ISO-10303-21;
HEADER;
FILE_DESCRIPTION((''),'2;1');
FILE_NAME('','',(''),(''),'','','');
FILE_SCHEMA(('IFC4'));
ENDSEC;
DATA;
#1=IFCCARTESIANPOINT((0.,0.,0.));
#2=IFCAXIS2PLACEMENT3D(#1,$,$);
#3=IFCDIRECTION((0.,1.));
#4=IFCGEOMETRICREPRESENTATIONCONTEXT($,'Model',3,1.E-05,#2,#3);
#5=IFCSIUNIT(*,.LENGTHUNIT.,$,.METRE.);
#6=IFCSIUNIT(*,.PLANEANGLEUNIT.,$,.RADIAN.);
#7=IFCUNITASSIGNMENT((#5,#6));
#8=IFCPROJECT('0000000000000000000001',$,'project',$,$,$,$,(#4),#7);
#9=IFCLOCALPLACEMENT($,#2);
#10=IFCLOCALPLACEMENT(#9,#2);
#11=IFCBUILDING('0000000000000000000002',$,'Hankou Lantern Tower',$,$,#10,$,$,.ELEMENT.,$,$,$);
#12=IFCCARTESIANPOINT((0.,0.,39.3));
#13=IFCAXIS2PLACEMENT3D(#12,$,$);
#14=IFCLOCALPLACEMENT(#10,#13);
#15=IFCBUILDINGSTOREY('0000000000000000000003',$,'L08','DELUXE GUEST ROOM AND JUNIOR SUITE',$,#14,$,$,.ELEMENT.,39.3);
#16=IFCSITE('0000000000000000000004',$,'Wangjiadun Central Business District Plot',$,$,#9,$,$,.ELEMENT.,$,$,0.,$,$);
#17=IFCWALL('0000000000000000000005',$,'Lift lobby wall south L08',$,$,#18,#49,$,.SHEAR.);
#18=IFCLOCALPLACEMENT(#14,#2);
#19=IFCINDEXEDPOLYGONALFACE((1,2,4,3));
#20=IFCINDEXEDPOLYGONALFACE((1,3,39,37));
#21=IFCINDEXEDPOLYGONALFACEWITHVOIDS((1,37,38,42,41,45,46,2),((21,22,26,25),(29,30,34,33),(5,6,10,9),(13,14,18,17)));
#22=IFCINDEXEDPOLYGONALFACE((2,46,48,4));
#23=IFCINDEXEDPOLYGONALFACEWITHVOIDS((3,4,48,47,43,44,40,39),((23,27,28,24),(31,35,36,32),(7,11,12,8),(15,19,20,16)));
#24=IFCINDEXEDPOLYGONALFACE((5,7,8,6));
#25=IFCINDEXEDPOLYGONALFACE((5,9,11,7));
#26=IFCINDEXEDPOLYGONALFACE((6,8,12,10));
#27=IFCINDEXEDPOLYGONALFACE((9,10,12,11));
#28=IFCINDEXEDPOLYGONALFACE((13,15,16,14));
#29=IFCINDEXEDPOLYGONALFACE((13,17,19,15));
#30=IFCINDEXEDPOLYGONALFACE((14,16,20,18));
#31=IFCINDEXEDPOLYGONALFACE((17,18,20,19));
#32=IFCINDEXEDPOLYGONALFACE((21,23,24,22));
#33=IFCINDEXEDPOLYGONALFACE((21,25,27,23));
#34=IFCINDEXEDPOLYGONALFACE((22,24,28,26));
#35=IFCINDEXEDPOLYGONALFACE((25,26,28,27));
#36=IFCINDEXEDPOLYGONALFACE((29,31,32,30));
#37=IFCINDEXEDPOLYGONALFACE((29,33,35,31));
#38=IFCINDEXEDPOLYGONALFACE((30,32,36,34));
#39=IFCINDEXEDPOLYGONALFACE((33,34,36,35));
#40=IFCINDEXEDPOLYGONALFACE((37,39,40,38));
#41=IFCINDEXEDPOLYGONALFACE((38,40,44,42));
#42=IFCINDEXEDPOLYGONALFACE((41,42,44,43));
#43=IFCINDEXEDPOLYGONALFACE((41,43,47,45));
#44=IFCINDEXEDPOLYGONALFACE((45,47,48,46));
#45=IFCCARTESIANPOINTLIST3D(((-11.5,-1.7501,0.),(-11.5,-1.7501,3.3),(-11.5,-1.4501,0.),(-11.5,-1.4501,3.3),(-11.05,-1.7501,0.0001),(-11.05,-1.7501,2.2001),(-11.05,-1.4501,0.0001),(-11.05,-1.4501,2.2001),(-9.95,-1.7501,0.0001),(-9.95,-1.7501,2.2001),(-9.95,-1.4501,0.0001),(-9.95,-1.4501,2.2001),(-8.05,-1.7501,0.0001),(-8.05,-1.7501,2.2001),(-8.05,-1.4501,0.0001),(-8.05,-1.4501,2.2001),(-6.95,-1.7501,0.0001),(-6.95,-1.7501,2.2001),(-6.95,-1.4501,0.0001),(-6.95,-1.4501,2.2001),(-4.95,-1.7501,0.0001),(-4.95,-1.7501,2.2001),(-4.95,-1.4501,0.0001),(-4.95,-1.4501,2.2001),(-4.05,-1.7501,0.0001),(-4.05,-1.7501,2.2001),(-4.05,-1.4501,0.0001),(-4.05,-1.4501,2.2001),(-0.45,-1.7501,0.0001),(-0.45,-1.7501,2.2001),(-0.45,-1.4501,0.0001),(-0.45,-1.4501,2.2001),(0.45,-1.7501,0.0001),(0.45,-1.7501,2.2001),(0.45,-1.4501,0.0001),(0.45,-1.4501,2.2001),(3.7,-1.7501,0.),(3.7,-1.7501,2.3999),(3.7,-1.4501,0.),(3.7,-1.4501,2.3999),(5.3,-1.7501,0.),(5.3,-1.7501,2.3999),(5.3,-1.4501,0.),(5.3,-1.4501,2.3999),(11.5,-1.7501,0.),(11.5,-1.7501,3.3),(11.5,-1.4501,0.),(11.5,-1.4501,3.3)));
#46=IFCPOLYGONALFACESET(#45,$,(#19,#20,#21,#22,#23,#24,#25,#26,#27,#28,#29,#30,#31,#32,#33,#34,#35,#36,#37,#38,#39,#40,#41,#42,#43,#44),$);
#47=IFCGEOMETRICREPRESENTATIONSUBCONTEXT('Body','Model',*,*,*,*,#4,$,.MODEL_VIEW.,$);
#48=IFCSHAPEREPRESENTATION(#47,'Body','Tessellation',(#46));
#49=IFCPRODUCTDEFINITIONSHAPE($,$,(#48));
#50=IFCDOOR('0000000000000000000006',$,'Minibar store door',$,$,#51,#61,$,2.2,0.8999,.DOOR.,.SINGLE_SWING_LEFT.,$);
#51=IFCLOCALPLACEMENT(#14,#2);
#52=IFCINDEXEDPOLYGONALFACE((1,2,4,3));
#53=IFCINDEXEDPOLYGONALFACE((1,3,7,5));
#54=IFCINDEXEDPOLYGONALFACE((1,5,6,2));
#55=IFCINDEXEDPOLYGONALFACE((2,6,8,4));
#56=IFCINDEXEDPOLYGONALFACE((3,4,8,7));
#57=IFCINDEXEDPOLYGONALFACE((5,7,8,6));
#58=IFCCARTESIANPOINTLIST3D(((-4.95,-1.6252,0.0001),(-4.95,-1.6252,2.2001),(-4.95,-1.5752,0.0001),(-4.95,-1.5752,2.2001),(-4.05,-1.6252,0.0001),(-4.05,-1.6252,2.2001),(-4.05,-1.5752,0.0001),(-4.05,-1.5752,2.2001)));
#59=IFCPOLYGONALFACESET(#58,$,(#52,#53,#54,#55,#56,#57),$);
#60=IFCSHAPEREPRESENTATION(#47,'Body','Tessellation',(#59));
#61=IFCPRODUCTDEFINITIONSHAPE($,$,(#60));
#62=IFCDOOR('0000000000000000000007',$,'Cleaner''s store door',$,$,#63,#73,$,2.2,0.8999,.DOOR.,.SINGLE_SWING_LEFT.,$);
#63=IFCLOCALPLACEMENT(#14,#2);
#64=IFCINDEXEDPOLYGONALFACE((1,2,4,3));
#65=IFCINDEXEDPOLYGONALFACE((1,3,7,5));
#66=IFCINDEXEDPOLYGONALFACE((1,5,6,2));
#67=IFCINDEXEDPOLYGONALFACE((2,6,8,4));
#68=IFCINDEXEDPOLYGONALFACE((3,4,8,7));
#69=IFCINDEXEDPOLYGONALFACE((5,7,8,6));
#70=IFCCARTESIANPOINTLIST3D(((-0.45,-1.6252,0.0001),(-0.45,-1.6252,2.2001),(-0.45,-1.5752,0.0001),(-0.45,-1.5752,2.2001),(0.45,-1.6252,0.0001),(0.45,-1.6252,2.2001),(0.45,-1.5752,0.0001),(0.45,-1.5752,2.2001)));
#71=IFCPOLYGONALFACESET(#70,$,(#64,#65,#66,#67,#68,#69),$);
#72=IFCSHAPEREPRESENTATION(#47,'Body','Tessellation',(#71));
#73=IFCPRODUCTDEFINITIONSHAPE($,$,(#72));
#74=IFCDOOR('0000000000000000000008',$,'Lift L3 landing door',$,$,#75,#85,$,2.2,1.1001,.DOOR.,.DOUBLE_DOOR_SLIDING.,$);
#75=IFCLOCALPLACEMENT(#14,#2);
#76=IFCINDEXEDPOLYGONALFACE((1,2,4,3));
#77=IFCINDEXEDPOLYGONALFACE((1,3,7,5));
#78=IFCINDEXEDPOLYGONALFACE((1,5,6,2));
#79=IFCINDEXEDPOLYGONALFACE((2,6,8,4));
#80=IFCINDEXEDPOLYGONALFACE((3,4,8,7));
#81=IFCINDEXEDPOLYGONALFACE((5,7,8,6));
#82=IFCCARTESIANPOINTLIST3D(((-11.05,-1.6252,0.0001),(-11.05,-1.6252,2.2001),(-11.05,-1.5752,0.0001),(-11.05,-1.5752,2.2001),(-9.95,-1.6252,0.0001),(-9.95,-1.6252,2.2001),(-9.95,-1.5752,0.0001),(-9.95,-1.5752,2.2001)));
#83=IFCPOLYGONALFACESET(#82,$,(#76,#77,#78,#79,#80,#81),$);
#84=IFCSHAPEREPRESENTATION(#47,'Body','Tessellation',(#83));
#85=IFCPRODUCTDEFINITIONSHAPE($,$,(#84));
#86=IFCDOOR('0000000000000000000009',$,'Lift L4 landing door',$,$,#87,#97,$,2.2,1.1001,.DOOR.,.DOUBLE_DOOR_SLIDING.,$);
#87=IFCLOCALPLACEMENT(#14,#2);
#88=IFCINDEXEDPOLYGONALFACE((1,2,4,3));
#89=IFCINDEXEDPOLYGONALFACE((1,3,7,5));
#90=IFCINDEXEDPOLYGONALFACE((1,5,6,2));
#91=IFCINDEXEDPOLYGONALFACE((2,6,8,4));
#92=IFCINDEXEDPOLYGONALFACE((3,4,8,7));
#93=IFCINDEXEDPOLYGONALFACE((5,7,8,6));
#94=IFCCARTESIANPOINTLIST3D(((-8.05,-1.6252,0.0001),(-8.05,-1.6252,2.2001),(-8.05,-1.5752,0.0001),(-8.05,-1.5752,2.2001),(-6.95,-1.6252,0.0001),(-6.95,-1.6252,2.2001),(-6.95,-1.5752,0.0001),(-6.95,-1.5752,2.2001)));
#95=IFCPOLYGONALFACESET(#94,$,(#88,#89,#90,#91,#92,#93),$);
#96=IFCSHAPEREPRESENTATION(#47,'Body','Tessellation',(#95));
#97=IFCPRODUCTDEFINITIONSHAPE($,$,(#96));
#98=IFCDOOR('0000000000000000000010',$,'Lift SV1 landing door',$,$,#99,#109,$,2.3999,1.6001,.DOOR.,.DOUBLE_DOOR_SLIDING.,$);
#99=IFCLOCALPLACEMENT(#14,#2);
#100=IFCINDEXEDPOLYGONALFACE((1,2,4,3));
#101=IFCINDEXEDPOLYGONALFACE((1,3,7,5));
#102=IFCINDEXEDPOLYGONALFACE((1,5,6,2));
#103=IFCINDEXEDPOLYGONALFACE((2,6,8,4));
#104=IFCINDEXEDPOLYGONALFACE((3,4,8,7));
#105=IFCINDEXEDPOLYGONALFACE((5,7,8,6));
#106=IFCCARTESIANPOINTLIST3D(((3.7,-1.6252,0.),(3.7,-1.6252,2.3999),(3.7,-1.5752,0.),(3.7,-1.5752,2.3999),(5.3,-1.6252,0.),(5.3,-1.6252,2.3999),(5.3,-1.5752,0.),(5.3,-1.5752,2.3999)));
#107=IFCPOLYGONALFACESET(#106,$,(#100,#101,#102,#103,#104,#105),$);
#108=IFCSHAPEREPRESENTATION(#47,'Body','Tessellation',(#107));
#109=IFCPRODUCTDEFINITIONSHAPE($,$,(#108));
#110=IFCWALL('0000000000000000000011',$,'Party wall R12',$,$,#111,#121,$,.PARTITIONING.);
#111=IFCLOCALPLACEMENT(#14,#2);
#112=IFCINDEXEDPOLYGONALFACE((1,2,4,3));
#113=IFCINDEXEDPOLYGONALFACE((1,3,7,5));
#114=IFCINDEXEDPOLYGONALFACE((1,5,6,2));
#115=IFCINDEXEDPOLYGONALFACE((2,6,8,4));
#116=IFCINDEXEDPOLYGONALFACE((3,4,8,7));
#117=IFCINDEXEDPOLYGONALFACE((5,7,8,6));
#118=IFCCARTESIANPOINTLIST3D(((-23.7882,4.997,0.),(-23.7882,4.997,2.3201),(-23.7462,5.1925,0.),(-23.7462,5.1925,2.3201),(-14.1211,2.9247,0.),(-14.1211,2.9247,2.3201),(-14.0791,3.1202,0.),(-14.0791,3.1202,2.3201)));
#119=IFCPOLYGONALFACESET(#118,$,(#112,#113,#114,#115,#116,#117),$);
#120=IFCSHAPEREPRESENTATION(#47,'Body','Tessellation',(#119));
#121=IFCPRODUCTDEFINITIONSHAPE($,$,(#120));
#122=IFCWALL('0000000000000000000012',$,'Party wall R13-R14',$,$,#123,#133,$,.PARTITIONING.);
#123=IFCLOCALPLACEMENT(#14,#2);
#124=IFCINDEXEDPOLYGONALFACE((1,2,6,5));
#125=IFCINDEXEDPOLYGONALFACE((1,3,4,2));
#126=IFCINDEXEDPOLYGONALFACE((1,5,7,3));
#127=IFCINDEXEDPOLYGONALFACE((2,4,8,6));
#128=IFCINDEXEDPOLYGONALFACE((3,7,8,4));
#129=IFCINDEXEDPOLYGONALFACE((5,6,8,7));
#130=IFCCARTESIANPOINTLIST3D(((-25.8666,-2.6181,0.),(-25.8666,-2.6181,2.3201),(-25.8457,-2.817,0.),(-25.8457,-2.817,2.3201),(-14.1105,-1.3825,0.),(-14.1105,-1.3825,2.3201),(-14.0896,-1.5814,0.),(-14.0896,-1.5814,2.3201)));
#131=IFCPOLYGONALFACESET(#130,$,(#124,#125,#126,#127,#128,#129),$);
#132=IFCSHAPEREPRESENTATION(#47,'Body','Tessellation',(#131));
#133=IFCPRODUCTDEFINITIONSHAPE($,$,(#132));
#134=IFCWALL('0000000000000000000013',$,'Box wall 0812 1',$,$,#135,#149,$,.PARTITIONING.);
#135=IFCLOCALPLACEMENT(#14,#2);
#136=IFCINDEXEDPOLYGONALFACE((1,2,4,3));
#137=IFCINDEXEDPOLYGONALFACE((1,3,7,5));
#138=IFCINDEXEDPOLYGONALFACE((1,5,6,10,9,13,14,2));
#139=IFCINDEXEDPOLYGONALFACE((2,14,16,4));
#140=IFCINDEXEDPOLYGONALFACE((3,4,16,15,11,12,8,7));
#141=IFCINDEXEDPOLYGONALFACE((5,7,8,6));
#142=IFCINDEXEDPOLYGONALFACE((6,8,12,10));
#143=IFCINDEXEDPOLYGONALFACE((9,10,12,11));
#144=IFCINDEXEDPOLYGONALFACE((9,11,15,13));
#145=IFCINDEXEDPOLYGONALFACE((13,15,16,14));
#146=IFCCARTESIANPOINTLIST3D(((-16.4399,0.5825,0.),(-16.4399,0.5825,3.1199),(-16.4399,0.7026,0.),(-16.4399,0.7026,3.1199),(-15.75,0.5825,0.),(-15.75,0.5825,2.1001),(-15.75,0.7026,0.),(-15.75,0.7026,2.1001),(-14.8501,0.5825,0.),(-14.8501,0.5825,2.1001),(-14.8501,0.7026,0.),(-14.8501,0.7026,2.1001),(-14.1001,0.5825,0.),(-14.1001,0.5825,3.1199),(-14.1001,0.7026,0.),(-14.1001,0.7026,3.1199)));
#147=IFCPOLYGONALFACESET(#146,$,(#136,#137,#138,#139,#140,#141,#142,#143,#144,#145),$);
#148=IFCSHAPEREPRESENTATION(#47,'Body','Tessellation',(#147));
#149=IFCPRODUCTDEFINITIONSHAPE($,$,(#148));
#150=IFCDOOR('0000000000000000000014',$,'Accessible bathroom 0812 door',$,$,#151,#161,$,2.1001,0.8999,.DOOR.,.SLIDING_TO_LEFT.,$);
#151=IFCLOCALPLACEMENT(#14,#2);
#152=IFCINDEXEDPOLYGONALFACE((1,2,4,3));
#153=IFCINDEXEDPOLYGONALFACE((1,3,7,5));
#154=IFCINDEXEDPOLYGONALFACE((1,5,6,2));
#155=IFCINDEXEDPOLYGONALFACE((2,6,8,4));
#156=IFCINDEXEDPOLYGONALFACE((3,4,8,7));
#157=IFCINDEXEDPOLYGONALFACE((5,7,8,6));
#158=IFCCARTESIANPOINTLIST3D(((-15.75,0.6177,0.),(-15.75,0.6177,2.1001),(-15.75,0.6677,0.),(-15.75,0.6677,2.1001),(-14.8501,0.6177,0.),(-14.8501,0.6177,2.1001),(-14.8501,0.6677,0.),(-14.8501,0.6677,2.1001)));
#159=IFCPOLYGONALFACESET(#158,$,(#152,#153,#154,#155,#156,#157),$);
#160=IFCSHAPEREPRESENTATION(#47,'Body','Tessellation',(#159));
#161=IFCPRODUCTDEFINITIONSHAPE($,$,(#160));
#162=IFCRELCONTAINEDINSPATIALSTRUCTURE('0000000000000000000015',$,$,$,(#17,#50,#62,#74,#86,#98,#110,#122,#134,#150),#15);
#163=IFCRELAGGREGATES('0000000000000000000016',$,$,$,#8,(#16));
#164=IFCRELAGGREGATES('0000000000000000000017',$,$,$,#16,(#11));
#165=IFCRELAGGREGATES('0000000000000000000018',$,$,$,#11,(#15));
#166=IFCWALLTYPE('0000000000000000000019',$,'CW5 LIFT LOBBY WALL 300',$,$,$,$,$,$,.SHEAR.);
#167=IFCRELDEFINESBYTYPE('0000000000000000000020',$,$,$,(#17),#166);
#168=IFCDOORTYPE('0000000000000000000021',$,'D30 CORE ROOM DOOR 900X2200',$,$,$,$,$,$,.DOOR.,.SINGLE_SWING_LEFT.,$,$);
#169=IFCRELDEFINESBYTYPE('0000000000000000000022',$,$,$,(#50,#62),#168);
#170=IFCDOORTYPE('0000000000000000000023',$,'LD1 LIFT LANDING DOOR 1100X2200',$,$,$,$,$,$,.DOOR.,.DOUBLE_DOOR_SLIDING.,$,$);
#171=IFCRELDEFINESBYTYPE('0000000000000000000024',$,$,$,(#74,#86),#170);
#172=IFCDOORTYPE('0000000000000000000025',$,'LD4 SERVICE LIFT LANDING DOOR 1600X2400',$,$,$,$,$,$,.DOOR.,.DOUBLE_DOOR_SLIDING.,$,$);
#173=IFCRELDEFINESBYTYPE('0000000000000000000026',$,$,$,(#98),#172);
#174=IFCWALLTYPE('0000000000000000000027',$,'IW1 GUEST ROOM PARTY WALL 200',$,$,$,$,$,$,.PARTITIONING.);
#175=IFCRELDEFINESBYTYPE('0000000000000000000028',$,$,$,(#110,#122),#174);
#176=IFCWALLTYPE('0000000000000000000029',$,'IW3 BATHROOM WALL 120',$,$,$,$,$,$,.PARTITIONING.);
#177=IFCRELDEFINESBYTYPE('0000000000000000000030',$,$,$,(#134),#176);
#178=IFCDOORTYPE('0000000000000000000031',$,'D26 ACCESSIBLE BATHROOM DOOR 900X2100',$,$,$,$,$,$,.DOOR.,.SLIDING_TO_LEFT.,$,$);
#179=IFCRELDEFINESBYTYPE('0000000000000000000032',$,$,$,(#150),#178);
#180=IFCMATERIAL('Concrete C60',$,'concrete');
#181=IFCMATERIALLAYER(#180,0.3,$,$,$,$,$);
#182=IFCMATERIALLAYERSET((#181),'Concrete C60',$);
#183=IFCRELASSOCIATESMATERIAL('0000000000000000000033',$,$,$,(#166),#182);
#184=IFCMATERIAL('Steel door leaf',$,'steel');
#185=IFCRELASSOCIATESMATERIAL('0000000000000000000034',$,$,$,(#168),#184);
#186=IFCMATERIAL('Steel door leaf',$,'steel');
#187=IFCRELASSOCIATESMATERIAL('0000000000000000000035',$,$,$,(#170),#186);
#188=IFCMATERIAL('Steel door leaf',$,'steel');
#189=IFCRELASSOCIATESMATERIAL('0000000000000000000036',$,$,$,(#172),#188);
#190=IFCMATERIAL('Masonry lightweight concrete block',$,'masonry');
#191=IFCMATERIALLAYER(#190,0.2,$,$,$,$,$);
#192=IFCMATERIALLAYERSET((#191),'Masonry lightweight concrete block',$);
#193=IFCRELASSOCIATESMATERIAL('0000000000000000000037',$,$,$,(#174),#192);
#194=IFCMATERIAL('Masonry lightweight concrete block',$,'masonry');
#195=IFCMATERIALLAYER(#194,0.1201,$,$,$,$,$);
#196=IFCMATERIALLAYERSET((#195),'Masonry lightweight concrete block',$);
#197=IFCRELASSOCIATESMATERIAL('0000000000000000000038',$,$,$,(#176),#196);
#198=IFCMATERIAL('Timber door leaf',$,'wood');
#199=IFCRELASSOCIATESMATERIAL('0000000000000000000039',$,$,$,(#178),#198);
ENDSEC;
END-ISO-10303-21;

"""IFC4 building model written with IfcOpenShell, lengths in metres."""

from ifc_helpers import new_model, si_unit, direction, frame, frame_2d, origin, place, context, subcontext, project, spatial, rectangle, extrude, material, layer, layer_set, type_object, element, fill, save


model = new_model("IFC4")

# Units and contexts
model_context = context("Model", 3, precision=1e-05, world=origin(), true_north=direction((0.0, 1.0)))
body_context = subcontext(model_context, "Body", "Model", "MODEL_VIEW")
ifc_project = project(units=[si_unit("LENGTHUNIT", "METRE"), si_unit("PLANEANGLEUNIT", "RADIAN")], contexts=[model_context])

# Site, building, storey
site_placement = place(None, origin())
site = spatial("IfcSite", under=ifc_project, at=site_placement, Name="Wangjiadun Central Business District Plot", CompositionType="ELEMENT", RefElevation=0.0)
building_placement = place(site_placement, origin())
building = spatial("IfcBuilding", under=site, at=building_placement, Name="Hankou Lantern Tower", CompositionType="ELEMENT")
storey_placement = place(building_placement, frame((0.0, 0.0, 39.3)))
storey = spatial("IfcBuildingStorey", under=building, at=storey_placement, Name="L08", Description="DELUXE GUEST ROOM AND JUNIOR SUITE", CompositionType="ELEMENT", Elevation=39.3)

# Wall, openings, doors
ifc_material_1 = material(Name="Concrete C60", Category="concrete")
ifc_layer_1 = layer(ifc_material_1, 0.3)
ifc_layer_set_1 = layer_set([ifc_layer_1], Name="Concrete C60")
wall_type_1 = type_object("IfcWallType", Name="CW5 LIFT LOBBY WALL 300", PredefinedType="SHEAR", material=ifc_layer_set_1)
ifc_material_2 = material(Name="Steel door leaf", Category="steel")
door_type_1 = type_object("IfcDoorType", Name="D30 CORE ROOM DOOR 900X2200", OperationType="SINGLE_SWING_LEFT", PredefinedType="DOOR", material=ifc_material_2)
ifc_material_3 = material(Name="Steel door leaf", Category="steel")
door_type_2 = type_object("IfcDoorType", Name="LD1 LIFT LANDING DOOR 1100X2200", OperationType="DOUBLE_DOOR_SLIDING", PredefinedType="DOOR", material=ifc_material_3)
wall_1_placement = place(storey_placement, frame((-11.5, -1.6001, 0.0), z_axis=(0.0, 0.0, 1.0), x_axis=(1.0, 0.0, 0.0)))
wall_1 = element("IfcWall", 1, at=wall_1_placement, inside=storey, type_object=wall_type_1, Name="Lift lobby wall south L08", PredefinedType="SHEAR", context=body_context, shape_type="SweptSolid", body=[
    extrude(rectangle(XDim=23.0, YDim=0.3, at=frame_2d((11.5, 0.0))), origin(), (0.0, 0.0, 1.0), 3.3),
])
opening_1_placement = place(wall_1_placement, frame((0.45, 0.0, 0.0)))
opening_1 = element("IfcOpeningElement", 2, at=opening_1_placement, cuts=wall_1, PredefinedType="OPENING", context=body_context, shape_type="SweptSolid", body=[
    extrude(rectangle(XDim=1.1001, YDim=2.2, at=frame_2d((0.55, 1.1001))), frame((0.0, 0.1599, 0.0), z_axis=(0.0, -1.0, 0.0), x_axis=(1.0, 0.0, 0.0)), (0.0, 0.0, 1.0), 0.3201),
])
opening_2_placement = place(wall_1_placement, frame((3.45, 0.0, 0.0)))
opening_2 = element("IfcOpeningElement", 3, at=opening_2_placement, cuts=wall_1, PredefinedType="OPENING", context=body_context, shape_type="SweptSolid", body=[
    extrude(rectangle(XDim=1.1001, YDim=2.2, at=frame_2d((0.55, 1.1001))), frame((0.0, 0.1599, 0.0), z_axis=(0.0, -1.0, 0.0), x_axis=(1.0, 0.0, 0.0)), (0.0, 0.0, 1.0), 0.3201),
])
opening_3_placement = place(wall_1_placement, frame((15.2, 0.0, 0.0)))
opening_3 = element("IfcOpeningElement", 4, at=opening_3_placement, cuts=wall_1, PredefinedType="OPENING", context=body_context, shape_type="SweptSolid", body=[
    extrude(rectangle(XDim=1.6001, YDim=2.3999, at=frame_2d((0.8, 1.2))), frame((0.0, 0.1599, 0.0), z_axis=(0.0, -1.0, 0.0), x_axis=(1.0, 0.0, 0.0)), (0.0, 0.0, 1.0), 0.3201),
])
opening_4_placement = place(wall_1_placement, frame((6.55, 0.0, 0.0)))
opening_4 = element("IfcOpeningElement", 5, at=opening_4_placement, cuts=wall_1, PredefinedType="OPENING", context=body_context, shape_type="SweptSolid", body=[
    extrude(rectangle(XDim=0.8999, YDim=2.2, at=frame_2d((0.45, 1.1001))), frame((0.0, 0.1599, 0.0), z_axis=(0.0, -1.0, 0.0), x_axis=(1.0, 0.0, 0.0)), (0.0, 0.0, 1.0), 0.3201),
])
opening_5_placement = place(wall_1_placement, frame((11.05, 0.0, 0.0)))
opening_5 = element("IfcOpeningElement", 6, at=opening_5_placement, cuts=wall_1, PredefinedType="OPENING", context=body_context, shape_type="SweptSolid", body=[
    extrude(rectangle(XDim=0.8999, YDim=2.2, at=frame_2d((0.45, 1.1001))), frame((0.0, 0.1599, 0.0), z_axis=(0.0, -1.0, 0.0), x_axis=(1.0, 0.0, 0.0)), (0.0, 0.0, 1.0), 0.3201),
])
door_1_placement = place(opening_4_placement, origin())
door_1 = element("IfcDoor", 7, at=door_1_placement, inside=storey, type_object=door_type_1, Name="Minibar store door", OperationType="SINGLE_SWING_LEFT", OverallHeight=2.2, OverallWidth=0.8999, PredefinedType="DOOR", context=body_context, shape_type="SweptSolid", body=[
    extrude(rectangle(XDim=0.8999, YDim=2.2, at=frame_2d((0.45, 1.1001))), frame((0.0, 0.0249, 0.0), z_axis=(0.0, -1.0, 0.0), x_axis=(1.0, 0.0, 0.0)), (0.0, 0.0, 1.0), 0.05),
])
fill(opening_4, door_1)
door_2_placement = place(opening_5_placement, origin())
door_2 = element("IfcDoor", 8, at=door_2_placement, inside=storey, type_object=door_type_1, Name="Cleaner's store door", OperationType="SINGLE_SWING_LEFT", OverallHeight=2.2, OverallWidth=0.8999, PredefinedType="DOOR", context=body_context, shape_type="SweptSolid", body=[
    extrude(rectangle(XDim=0.8999, YDim=2.2, at=frame_2d((0.45, 1.1001))), frame((0.0, 0.0249, 0.0), z_axis=(0.0, -1.0, 0.0), x_axis=(1.0, 0.0, 0.0)), (0.0, 0.0, 1.0), 0.05),
])
fill(opening_5, door_2)
door_3_placement = place(opening_1_placement, origin())
door_3 = element("IfcDoor", 9, at=door_3_placement, inside=storey, type_object=door_type_2, Name="Lift L3 landing door", OperationType="DOUBLE_DOOR_SLIDING", OverallHeight=2.2, OverallWidth=1.1001, PredefinedType="DOOR", context=body_context, shape_type="SweptSolid", body=[
    extrude(rectangle(XDim=1.1001, YDim=2.2, at=frame_2d((0.55, 1.1001))), frame((0.0, 0.0249, 0.0), z_axis=(0.0, -1.0, 0.0), x_axis=(1.0, 0.0, 0.0)), (0.0, 0.0, 1.0), 0.05),
])
fill(opening_1, door_3)
door_4_placement = place(opening_2_placement, origin())
door_4 = element("IfcDoor", 10, at=door_4_placement, inside=storey, type_object=door_type_2, Name="Lift L4 landing door", OperationType="DOUBLE_DOOR_SLIDING", OverallHeight=2.2, OverallWidth=1.1001, PredefinedType="DOOR", context=body_context, shape_type="SweptSolid", body=[
    extrude(rectangle(XDim=1.1001, YDim=2.2, at=frame_2d((0.55, 1.1001))), frame((0.0, 0.0249, 0.0), z_axis=(0.0, -1.0, 0.0), x_axis=(1.0, 0.0, 0.0)), (0.0, 0.0, 1.0), 0.05),
])
fill(opening_2, door_4)
ifc_material_4 = material(Name="Steel door leaf", Category="steel")
door_type_3 = type_object("IfcDoorType", Name="LD4 SERVICE LIFT LANDING DOOR 1600X2400", OperationType="DOUBLE_DOOR_SLIDING", PredefinedType="DOOR", material=ifc_material_4)
door_5_placement = place(opening_3_placement, origin())
door_5 = element("IfcDoor", 11, at=door_5_placement, inside=storey, type_object=door_type_3, Name="Lift SV1 landing door", OperationType="DOUBLE_DOOR_SLIDING", OverallHeight=2.3999, OverallWidth=1.6001, PredefinedType="DOOR", context=body_context, shape_type="SweptSolid", body=[
    extrude(rectangle(XDim=1.6001, YDim=2.3999, at=frame_2d((0.8, 1.2))), frame((0.0, 0.0249, 0.0), z_axis=(0.0, -1.0, 0.0), x_axis=(1.0, 0.0, 0.0)), (0.0, 0.0, 1.0), 0.05),
])
fill(opening_3, door_5)

# Walls
ifc_material_5 = material(Name="Masonry lightweight concrete block", Category="masonry")
ifc_layer_2 = layer(ifc_material_5, 0.2)
ifc_layer_set_2 = layer_set([ifc_layer_2], Name="Masonry lightweight concrete block")
wall_type_2 = type_object("IfcWallType", Name="IW1 GUEST ROOM PARTY WALL 200", PredefinedType="PARTITIONING", material=ifc_layer_set_2)
wall_2_placement = place(storey_placement, frame((-14.1001, 3.0225, 0.0), z_axis=(0.0, 0.0, 1.0), x_axis=(-0.977787, 0.209603, 0.0)))
element("IfcWall", 12, at=wall_2_placement, inside=storey, type_object=wall_type_2, Name="Party wall R12", PredefinedType="PARTITIONING", context=body_context, shape_type="SweptSolid", body=[
    extrude(rectangle(XDim=9.8867, YDim=0.2, at=frame_2d((4.9434, 0.0))), origin(), (0.0, 0.0, 1.0), 2.3201),
])
wall_3_placement = place(storey_placement, frame((-14.1001, -1.4819, 0.0), z_axis=(0.0, 0.0, 1.0), x_axis=(-0.994522, -0.104527, 0.0)))
element("IfcWall", 13, at=wall_3_placement, inside=storey, type_object=wall_type_2, Name="Party wall R13-R14", PredefinedType="PARTITIONING", context=body_context, shape_type="SweptSolid", body=[
    extrude(rectangle(XDim=11.8208, YDim=0.2, at=frame_2d((5.9104, 0.0))), origin(), (0.0, 0.0, 1.0), 2.3201),
])

# Wall, opening, door
ifc_material_6 = material(Name="Masonry lightweight concrete block", Category="masonry")
ifc_layer_3 = layer(ifc_material_6, 0.1201)
ifc_layer_set_3 = layer_set([ifc_layer_3], Name="Masonry lightweight concrete block")
wall_type_3 = type_object("IfcWallType", Name="IW3 BATHROOM WALL 120", PredefinedType="PARTITIONING", material=ifc_layer_set_3)
wall_4_placement = place(storey_placement, frame((-14.1001, 0.6426, 0.0), z_axis=(0.0, 0.0, 1.0), x_axis=(-1.0, 0.0, 0.0)))
wall_4 = element("IfcWall", 14, at=wall_4_placement, inside=storey, type_object=wall_type_3, Name="Box wall 0812 1", PredefinedType="PARTITIONING", context=body_context, shape_type="SweptSolid", body=[
    extrude(rectangle(XDim=2.3398, YDim=0.1201, at=frame_2d((1.1699, 0.0))), origin(), (0.0, 0.0, 1.0), 3.1199),
])
opening_6_placement = place(wall_4_placement, frame((0.75, 0.0, 0.0)))
opening_6 = element("IfcOpeningElement", 15, at=opening_6_placement, cuts=wall_4, PredefinedType="OPENING", context=body_context, shape_type="SweptSolid", body=[
    extrude(rectangle(XDim=0.8999, YDim=2.1001, at=frame_2d((0.45, 1.05))), frame((0.0, 0.0701, 0.0), z_axis=(0.0, -1.0, 0.0), x_axis=(1.0, 0.0, 0.0)), (0.0, 0.0, 1.0), 0.1401),
])
ifc_material_7 = material(Name="Timber door leaf", Category="wood")
door_type_4 = type_object("IfcDoorType", Name="D26 ACCESSIBLE BATHROOM DOOR 900X2100", OperationType="SLIDING_TO_LEFT", PredefinedType="DOOR", material=ifc_material_7)
door_6_placement = place(opening_6_placement, origin())
door_6 = element("IfcDoor", 16, at=door_6_placement, inside=storey, type_object=door_type_4, Name="Accessible bathroom 0812 door", OperationType="SLIDING_TO_LEFT", OverallHeight=2.1001, OverallWidth=0.8999, PredefinedType="DOOR", context=body_context, shape_type="SweptSolid", body=[
    extrude(rectangle(XDim=0.8999, YDim=2.1001, at=frame_2d((0.45, 1.05))), frame((0.0, 0.0249, 0.0), z_axis=(0.0, -1.0, 0.0), x_axis=(1.0, 0.0, 0.0)), (0.0, 0.0, 1.0), 0.05),
])
fill(opening_6, door_6)

save(model, "model.ifc")
